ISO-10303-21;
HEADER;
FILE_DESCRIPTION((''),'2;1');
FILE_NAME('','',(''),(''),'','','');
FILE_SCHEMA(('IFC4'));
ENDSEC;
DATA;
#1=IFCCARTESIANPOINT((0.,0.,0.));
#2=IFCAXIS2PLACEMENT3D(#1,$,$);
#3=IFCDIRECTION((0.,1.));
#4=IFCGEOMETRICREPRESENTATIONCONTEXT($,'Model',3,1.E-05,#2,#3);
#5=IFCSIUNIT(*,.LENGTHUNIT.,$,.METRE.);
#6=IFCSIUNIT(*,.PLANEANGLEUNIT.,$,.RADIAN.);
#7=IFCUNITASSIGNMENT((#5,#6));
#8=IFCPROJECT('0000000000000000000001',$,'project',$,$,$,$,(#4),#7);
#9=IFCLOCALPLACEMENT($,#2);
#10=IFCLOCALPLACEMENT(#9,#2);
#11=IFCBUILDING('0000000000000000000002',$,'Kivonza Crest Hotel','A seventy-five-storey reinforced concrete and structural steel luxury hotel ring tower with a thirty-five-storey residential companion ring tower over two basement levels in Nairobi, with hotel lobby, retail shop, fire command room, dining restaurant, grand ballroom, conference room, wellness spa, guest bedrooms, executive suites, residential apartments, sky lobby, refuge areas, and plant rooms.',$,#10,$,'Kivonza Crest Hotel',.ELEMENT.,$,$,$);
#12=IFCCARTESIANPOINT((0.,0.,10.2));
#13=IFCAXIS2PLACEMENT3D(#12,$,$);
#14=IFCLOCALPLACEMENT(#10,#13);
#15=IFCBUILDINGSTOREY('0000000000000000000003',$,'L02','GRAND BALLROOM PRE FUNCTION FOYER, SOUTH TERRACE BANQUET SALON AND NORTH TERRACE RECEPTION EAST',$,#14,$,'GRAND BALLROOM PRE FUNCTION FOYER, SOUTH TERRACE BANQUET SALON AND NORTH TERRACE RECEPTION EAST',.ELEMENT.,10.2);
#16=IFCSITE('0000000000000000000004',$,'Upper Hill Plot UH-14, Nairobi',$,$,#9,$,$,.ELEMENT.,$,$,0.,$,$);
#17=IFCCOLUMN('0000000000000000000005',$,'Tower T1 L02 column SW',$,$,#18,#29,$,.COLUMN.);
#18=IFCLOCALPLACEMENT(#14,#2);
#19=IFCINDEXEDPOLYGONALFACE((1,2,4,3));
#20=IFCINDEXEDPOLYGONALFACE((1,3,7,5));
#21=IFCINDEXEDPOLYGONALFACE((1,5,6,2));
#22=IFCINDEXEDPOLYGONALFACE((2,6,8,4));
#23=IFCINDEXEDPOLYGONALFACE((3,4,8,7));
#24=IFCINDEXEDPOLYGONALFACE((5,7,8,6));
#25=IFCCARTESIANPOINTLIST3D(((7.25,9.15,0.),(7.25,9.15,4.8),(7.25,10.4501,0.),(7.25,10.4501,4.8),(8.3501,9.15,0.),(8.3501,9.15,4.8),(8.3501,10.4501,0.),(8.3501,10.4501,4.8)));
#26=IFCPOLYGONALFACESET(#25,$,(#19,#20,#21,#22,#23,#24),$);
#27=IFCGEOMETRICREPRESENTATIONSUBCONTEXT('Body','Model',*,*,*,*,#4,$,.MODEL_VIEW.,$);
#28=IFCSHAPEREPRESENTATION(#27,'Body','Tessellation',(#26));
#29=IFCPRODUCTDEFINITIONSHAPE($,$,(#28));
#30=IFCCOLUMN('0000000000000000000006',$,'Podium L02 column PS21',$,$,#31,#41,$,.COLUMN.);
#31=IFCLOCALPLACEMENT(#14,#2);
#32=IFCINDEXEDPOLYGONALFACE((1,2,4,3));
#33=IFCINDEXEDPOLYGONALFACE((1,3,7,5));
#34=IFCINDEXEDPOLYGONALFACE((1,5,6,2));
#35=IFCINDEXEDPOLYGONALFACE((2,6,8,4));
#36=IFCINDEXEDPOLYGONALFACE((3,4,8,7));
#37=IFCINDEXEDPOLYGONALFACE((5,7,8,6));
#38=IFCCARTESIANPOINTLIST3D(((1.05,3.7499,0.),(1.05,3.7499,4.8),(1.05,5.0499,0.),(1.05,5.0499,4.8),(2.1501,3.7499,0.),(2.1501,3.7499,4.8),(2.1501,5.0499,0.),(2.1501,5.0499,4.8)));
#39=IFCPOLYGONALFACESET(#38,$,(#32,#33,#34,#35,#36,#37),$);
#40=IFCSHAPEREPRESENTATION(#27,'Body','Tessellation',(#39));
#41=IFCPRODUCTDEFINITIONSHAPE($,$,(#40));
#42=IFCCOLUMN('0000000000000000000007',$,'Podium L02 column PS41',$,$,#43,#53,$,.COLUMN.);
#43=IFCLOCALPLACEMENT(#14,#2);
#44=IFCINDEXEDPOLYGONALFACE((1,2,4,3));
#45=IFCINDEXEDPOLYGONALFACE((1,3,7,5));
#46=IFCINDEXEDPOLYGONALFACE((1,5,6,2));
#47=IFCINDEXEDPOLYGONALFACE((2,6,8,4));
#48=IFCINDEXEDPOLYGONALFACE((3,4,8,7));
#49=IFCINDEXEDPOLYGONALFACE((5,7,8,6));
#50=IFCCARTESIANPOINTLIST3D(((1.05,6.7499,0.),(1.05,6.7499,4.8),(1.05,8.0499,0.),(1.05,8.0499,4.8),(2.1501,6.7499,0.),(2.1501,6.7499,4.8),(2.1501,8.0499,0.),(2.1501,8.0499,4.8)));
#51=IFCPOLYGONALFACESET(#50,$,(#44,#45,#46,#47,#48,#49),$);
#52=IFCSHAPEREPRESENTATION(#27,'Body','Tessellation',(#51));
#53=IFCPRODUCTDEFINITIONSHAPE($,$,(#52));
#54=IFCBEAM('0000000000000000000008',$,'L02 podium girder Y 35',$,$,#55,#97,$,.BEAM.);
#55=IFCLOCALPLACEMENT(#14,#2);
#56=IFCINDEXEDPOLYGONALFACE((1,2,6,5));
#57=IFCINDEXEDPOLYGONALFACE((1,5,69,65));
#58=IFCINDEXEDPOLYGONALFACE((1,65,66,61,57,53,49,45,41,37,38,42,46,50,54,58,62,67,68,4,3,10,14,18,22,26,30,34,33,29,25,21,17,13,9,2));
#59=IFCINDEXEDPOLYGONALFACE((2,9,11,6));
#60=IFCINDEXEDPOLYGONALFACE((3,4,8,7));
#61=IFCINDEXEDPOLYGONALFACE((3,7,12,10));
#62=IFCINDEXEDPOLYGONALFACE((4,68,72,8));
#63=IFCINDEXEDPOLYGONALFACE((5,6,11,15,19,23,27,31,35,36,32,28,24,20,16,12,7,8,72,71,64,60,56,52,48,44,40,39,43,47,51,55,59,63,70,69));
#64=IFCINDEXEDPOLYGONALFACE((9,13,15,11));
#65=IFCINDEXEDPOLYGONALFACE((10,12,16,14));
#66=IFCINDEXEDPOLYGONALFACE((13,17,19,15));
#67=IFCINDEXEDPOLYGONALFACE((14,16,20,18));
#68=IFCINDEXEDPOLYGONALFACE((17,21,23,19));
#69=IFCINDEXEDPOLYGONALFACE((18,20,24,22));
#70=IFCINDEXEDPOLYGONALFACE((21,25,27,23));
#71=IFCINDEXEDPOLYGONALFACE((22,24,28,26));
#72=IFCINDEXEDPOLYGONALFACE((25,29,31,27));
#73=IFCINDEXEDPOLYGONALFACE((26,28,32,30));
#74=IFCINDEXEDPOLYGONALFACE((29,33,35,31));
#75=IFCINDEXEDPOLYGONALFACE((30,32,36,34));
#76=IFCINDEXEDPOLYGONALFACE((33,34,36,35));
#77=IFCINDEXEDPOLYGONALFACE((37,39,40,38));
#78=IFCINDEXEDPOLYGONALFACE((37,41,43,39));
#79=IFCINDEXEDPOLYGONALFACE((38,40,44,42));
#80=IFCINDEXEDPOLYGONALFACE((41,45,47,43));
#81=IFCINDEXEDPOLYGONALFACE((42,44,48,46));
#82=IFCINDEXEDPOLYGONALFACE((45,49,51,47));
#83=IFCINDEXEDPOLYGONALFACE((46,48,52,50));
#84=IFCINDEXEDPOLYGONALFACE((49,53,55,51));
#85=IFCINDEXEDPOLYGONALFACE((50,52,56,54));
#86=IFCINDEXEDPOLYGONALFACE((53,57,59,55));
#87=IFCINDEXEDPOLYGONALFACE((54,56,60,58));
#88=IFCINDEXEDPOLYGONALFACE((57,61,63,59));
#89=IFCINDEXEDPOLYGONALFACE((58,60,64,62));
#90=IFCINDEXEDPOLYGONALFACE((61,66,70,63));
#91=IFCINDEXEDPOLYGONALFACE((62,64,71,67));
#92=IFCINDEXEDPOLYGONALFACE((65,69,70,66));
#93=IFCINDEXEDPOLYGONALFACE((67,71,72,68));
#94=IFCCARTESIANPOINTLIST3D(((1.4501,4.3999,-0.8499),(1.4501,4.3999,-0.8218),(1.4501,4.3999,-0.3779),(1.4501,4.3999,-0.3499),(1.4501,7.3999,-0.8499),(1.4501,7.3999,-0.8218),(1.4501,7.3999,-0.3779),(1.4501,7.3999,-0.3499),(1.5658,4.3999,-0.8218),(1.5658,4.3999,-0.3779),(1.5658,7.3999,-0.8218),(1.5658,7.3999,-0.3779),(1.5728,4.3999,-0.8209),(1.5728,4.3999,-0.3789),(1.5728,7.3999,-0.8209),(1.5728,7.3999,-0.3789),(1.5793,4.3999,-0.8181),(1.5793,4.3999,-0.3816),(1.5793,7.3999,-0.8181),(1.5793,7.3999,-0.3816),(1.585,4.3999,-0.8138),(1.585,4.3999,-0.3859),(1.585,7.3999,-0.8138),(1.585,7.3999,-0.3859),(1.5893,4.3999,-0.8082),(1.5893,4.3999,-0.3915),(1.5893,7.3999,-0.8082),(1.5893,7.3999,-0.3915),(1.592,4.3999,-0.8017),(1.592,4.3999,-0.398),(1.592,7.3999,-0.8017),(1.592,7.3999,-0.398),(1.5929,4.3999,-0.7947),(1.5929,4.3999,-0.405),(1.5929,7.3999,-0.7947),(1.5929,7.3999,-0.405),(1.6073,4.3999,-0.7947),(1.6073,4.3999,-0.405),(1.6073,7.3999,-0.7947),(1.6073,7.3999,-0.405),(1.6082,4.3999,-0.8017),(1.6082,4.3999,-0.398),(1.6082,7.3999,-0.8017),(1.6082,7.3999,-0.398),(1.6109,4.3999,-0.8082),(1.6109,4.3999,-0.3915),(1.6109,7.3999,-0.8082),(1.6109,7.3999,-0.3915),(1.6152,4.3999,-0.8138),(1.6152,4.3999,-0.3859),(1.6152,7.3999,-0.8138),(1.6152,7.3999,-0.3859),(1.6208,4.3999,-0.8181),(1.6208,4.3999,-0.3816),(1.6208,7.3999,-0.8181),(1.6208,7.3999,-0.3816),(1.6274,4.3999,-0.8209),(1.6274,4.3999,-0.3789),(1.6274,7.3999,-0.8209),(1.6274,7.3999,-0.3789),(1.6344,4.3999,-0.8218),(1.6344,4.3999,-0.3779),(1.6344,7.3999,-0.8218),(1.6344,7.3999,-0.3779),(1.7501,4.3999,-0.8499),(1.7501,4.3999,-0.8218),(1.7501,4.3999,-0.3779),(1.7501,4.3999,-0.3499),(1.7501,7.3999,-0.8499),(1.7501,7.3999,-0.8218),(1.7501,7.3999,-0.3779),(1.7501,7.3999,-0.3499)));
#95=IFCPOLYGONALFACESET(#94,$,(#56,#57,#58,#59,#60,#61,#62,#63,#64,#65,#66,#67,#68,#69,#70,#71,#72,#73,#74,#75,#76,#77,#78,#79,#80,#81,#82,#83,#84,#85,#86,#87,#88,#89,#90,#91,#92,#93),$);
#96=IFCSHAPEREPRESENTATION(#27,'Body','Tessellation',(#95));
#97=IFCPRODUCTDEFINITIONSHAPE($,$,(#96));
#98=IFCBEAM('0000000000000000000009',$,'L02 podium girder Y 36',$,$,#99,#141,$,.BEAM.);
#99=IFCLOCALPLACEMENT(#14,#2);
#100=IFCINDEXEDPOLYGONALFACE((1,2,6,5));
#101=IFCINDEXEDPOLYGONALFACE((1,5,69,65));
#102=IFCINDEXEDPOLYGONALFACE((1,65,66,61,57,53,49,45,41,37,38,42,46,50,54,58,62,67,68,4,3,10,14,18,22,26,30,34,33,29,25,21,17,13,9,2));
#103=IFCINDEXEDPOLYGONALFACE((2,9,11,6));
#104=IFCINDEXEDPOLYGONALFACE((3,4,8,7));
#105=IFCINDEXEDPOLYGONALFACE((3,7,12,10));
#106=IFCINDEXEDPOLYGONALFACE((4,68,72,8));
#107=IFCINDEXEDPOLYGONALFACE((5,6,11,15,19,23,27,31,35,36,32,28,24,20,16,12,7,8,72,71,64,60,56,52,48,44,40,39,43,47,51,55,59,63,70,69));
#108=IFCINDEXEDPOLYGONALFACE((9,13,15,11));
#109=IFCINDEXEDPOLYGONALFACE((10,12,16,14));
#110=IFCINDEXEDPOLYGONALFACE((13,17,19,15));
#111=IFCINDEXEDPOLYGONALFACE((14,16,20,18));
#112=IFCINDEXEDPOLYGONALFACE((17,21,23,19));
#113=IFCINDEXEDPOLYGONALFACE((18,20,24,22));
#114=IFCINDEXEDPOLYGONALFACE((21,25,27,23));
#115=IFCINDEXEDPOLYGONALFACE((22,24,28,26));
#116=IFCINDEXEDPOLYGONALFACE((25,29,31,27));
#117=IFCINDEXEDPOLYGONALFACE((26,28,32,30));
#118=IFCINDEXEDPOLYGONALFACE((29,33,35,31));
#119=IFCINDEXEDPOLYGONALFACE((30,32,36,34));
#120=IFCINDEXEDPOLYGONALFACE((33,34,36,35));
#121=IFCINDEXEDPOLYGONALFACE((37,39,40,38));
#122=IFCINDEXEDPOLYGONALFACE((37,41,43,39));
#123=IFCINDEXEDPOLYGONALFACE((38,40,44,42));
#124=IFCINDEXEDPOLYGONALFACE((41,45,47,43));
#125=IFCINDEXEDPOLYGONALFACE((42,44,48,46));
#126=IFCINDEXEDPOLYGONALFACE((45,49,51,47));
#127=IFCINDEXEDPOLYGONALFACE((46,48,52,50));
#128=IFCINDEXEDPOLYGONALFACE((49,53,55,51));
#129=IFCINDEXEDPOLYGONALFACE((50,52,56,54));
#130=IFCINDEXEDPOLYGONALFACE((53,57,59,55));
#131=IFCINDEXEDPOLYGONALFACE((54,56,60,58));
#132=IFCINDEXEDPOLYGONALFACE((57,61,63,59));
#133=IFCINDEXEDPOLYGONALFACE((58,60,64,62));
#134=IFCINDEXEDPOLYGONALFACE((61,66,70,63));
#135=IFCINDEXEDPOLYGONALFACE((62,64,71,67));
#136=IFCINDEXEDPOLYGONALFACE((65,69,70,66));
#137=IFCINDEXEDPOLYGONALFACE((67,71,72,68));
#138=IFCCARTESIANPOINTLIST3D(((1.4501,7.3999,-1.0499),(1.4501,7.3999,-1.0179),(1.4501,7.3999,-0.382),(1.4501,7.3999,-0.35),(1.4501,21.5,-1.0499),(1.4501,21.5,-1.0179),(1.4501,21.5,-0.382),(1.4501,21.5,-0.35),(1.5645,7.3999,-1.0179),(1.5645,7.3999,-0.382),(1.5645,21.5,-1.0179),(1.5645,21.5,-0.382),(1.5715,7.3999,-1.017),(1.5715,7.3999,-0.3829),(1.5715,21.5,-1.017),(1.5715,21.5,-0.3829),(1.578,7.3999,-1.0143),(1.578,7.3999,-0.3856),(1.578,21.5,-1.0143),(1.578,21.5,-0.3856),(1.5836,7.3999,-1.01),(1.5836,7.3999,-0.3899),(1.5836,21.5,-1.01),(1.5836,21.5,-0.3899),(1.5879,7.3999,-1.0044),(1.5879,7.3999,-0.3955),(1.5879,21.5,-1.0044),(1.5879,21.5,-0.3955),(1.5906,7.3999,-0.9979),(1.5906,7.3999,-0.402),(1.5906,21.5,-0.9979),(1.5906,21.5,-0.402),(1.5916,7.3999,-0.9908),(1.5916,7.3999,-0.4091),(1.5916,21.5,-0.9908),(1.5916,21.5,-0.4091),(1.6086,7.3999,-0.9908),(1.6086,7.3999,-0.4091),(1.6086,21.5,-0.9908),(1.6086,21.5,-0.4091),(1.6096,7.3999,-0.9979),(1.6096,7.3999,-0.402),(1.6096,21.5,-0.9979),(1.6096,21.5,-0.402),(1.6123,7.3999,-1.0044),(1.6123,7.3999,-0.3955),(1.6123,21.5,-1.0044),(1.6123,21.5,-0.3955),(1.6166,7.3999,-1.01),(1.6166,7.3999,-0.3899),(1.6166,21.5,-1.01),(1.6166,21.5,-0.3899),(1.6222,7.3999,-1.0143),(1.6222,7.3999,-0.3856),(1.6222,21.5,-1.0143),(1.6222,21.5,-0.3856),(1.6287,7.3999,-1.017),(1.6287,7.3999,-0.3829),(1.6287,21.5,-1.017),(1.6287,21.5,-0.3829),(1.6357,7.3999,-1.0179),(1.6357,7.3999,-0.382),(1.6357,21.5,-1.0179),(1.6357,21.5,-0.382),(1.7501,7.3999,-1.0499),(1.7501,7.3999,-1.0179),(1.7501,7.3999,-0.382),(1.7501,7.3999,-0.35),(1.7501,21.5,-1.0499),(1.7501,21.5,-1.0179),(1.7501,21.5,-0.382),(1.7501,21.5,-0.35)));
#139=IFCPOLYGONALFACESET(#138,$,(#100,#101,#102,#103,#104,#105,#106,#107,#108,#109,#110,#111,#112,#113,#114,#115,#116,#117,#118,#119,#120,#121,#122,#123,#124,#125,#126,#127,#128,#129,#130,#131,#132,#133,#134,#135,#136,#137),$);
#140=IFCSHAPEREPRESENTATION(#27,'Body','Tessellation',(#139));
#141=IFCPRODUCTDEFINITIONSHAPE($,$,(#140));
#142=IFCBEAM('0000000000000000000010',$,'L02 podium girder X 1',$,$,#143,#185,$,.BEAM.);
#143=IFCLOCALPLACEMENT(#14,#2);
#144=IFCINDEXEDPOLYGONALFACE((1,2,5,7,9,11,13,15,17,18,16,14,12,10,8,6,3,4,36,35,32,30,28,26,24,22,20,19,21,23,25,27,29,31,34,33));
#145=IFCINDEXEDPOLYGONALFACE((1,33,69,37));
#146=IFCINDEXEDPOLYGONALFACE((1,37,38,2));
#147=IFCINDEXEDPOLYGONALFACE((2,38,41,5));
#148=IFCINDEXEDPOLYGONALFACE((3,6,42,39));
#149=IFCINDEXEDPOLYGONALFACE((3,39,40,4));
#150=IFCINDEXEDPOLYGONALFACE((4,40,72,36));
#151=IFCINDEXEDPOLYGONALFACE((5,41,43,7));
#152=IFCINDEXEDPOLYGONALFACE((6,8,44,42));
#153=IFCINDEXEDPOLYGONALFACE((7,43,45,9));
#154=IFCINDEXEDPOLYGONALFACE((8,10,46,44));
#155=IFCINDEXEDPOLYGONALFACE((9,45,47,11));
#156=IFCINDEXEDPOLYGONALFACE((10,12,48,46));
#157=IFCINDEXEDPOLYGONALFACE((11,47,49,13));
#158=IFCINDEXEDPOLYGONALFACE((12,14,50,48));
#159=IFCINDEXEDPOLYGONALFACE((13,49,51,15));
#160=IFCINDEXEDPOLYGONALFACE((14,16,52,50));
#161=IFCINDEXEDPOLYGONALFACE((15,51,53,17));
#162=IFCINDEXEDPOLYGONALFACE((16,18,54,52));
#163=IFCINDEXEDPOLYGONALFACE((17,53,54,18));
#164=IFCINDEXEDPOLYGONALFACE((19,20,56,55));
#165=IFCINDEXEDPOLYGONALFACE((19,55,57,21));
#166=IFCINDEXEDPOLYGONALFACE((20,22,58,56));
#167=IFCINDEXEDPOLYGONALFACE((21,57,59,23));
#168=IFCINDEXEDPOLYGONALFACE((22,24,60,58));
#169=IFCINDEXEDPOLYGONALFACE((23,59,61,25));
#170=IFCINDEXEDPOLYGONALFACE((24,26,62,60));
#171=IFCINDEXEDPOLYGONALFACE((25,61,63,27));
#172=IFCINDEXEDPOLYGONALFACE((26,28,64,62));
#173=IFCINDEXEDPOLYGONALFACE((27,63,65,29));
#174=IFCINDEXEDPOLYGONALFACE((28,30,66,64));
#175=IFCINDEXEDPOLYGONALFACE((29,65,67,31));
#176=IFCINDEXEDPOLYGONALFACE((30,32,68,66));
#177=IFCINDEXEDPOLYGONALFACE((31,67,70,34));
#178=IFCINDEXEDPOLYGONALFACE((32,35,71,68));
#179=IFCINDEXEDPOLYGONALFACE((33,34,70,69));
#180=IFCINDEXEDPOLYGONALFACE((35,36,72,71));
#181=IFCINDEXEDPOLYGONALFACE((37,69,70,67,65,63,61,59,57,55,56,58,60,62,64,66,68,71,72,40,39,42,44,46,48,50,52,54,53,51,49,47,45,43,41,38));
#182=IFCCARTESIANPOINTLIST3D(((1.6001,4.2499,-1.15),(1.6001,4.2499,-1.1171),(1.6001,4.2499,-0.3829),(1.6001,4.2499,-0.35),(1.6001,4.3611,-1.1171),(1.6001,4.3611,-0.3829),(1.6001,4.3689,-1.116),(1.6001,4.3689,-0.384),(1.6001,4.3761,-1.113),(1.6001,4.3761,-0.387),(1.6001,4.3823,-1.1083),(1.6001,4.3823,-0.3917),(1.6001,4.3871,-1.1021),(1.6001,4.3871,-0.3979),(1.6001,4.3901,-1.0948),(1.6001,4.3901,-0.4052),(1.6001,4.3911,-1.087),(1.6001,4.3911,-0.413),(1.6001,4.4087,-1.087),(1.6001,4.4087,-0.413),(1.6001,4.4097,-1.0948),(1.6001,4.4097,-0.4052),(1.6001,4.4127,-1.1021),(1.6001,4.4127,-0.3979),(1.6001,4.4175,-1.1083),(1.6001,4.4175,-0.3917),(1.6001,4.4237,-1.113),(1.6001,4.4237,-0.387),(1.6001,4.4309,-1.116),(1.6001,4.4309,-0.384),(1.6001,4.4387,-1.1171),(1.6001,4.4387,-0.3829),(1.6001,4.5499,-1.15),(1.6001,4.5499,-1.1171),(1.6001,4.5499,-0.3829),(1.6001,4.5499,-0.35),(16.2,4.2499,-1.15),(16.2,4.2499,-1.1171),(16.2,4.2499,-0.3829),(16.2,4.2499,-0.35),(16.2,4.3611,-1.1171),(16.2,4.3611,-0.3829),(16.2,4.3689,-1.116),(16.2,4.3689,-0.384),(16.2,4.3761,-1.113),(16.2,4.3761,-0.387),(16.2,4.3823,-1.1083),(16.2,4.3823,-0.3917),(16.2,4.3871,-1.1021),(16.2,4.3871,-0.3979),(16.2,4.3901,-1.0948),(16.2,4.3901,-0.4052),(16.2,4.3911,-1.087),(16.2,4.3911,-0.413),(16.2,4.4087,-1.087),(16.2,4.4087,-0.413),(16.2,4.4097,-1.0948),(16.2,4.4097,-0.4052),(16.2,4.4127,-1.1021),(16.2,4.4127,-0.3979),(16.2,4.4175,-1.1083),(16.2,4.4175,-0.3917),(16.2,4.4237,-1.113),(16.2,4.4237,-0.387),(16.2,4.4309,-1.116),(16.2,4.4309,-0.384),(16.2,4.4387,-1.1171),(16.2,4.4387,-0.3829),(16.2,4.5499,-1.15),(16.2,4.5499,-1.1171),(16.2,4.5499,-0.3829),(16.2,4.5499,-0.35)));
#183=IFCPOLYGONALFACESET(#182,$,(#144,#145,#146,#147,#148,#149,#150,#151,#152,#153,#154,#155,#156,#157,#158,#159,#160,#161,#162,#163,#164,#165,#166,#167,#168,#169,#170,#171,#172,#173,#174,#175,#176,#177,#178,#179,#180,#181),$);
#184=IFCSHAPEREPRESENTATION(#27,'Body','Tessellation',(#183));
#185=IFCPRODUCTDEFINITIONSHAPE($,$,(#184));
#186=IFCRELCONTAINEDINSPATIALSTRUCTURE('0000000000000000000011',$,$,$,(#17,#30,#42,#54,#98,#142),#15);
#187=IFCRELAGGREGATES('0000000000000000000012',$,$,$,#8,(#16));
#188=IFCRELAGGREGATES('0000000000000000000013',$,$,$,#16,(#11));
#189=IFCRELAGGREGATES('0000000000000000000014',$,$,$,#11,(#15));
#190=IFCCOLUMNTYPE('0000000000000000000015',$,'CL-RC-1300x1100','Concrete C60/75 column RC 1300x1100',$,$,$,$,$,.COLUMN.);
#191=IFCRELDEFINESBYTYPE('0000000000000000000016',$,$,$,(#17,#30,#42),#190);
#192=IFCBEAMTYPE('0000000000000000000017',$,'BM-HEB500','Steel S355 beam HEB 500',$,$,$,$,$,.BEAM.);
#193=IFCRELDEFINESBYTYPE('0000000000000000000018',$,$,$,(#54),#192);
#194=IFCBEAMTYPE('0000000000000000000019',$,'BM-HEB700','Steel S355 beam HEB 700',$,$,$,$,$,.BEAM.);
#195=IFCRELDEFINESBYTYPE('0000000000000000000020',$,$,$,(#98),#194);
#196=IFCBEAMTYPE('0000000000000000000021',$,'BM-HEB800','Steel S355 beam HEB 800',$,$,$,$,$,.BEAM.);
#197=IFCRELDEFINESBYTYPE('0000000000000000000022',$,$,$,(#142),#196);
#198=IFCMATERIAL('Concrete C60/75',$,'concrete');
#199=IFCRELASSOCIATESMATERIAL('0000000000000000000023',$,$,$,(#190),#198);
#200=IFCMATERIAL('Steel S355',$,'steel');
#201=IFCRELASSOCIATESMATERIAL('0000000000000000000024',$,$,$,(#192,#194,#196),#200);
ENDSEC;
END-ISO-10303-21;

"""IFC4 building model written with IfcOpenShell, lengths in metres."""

from ifc_helpers import new_model, si_unit, direction, frame, origin, origin_2d, place, context, subcontext, project, spatial, rectangle, i_section, extrude, material, material_profile, profile_set, type_object, element, save


model = new_model("IFC4")

# Units and contexts
model_context = context("Model", 3, precision=1e-05, world=origin(), true_north=direction((0.0, 1.0)))
body_context = subcontext(model_context, "Body", "Model", "MODEL_VIEW")
ifc_project = project(units=[si_unit("LENGTHUNIT", "METRE"), si_unit("PLANEANGLEUNIT", "RADIAN")], contexts=[model_context])

# Site, building, storey
site_placement = place(None, origin())
site = spatial("IfcSite", under=ifc_project, at=site_placement, Name="Upper Hill Plot UH-14, Nairobi", CompositionType="ELEMENT", RefElevation=0.0)
building_placement = place(site_placement, origin())
building = spatial("IfcBuilding", under=site, at=building_placement, Name="Kivonza Crest Hotel", Description="A seventy-five-storey reinforced concrete and structural steel luxury hotel ring tower with a thirty-five-storey residential companion ring tower over two basement levels in Nairobi, with hotel lobby, retail shop, fire command room, dining restaurant, grand ballroom, conference room, wellness spa, guest bedrooms, executive suites, residential apartments, sky lobby, refuge areas, and plant rooms.", LongName="Kivonza Crest Hotel", CompositionType="ELEMENT")
storey_placement = place(building_placement, frame((0.0, 0.0, 10.2)))
storey = spatial("IfcBuildingStorey", under=building, at=storey_placement, Name="L02", Description="GRAND BALLROOM PRE FUNCTION FOYER, SOUTH TERRACE BANQUET SALON AND NORTH TERRACE RECEPTION EAST", LongName="GRAND BALLROOM PRE FUNCTION FOYER, SOUTH TERRACE BANQUET SALON AND NORTH TERRACE RECEPTION EAST", CompositionType="ELEMENT", Elevation=10.2)

# Columns
ifc_material_1 = material(Name="Concrete C60/75", Category="concrete")
ifc_material_profile_1 = material_profile(ifc_material_1, rectangle(XDim=1.1001, YDim=1.3, at=origin_2d()), Name="RC 1300x1100")
ifc_profile_set_1 = profile_set([ifc_material_profile_1], Name="Concrete C60/75")
column_type = type_object("IfcColumnType", Name="CL-RC-1300x1100", Description="Concrete C60/75 column RC 1300x1100", PredefinedType="COLUMN", material=ifc_profile_set_1)
for number, where, z_axis, x_axis, name in (
    (1, (7.8, 9.8, 0.0), (0.0, 0.0, 1.0), (1.0, 0.0, 0.0), "Tower T1 L02 column SW"),
    (2, (1.6001, 4.3999, 0.0), (0.0, 0.0, 1.0), (1.0, 0.0, 0.0), "Podium L02 column PS21"),
    (3, (1.6001, 7.3999, 0.0), (0.0, 0.0, 1.0), (1.0, 0.0, 0.0), "Podium L02 column PS41"),
):
    element("IfcColumn", number, at=place(storey_placement, frame(where, z_axis=z_axis, x_axis=x_axis)), inside=storey, type_object=column_type, Name=name, PredefinedType="COLUMN", context=body_context, shape_type="SweptSolid", body=[
        extrude(rectangle(XDim=1.1001, YDim=1.3, at=origin_2d()), origin(), (0.0, 0.0, 1.0), 4.8),
    ])

# Beams
ifc_material_2 = material(Name="Steel S355", Category="steel")
ifc_material_profile_2 = material_profile(ifc_material_2, i_section(OverallWidth=0.3, OverallDepth=0.5, WebThickness=0.0144, FlangeThickness=0.0281, FilletRadius=0.0271, at=origin_2d()), Name="HEB 500")
ifc_profile_set_2 = profile_set([ifc_material_profile_2], Name="Steel S355")
beam_type_1 = type_object("IfcBeamType", Name="BM-HEB500", Description="Steel S355 beam HEB 500", PredefinedType="BEAM", material=ifc_profile_set_2)
beam_1_placement = place(storey_placement, frame((1.6001, 4.3999, -0.5999), z_axis=(0.0, 1.0, 0.0), x_axis=(-1.0, 0.0, 0.0)))
element("IfcBeam", 4, at=beam_1_placement, inside=storey, type_object=beam_type_1, Name="L02 podium girder Y 35", PredefinedType="BEAM", context=body_context, shape_type="SweptSolid", body=[
    extrude(i_section(OverallWidth=0.3, OverallDepth=0.5, WebThickness=0.0144, FlangeThickness=0.0281, FilletRadius=0.0271, at=origin_2d()), origin(), (0.0, 0.0, 1.0), 3.0),
])
ifc_material_profile_3 = material_profile(ifc_material_2, i_section(OverallWidth=0.3, OverallDepth=0.7, WebThickness=0.0171, FlangeThickness=0.032, FilletRadius=0.0271, at=origin_2d()), Name="HEB 700")
ifc_profile_set_3 = profile_set([ifc_material_profile_3], Name="Steel S355")
beam_type_2 = type_object("IfcBeamType", Name="BM-HEB700", Description="Steel S355 beam HEB 700", PredefinedType="BEAM", material=ifc_profile_set_3)
beam_2_placement = place(storey_placement, frame((1.6001, 7.3999, -0.7), z_axis=(0.0, 1.0, 0.0), x_axis=(-1.0, 0.0, 0.0)))
element("IfcBeam", 5, at=beam_2_placement, inside=storey, type_object=beam_type_2, Name="L02 podium girder Y 36", PredefinedType="BEAM", context=body_context, shape_type="SweptSolid", body=[
    extrude(i_section(OverallWidth=0.3, OverallDepth=0.7, WebThickness=0.0171, FlangeThickness=0.032, FilletRadius=0.0271, at=origin_2d()), origin(), (0.0, 0.0, 1.0), 14.1001),
])
ifc_material_profile_4 = material_profile(ifc_material_2, i_section(OverallWidth=0.3, OverallDepth=0.8, WebThickness=0.0176, FlangeThickness=0.033, FilletRadius=0.03, at=origin_2d()), Name="HEB 800")
ifc_profile_set_4 = profile_set([ifc_material_profile_4], Name="Steel S355")
beam_type_3 = type_object("IfcBeamType", Name="BM-HEB800", Description="Steel S355 beam HEB 800", PredefinedType="BEAM", material=ifc_profile_set_4)
beam_3_placement = place(storey_placement, frame((1.6001, 4.3999, -0.75), z_axis=(1.0, 0.0, 0.0), x_axis=(0.0, 1.0, 0.0)))
element("IfcBeam", 6, at=beam_3_placement, inside=storey, type_object=beam_type_3, Name="L02 podium girder X 1", PredefinedType="BEAM", context=body_context, shape_type="SweptSolid", body=[
    extrude(i_section(OverallWidth=0.3, OverallDepth=0.8, WebThickness=0.0176, FlangeThickness=0.033, FilletRadius=0.03, at=origin_2d()), origin(), (0.0, 0.0, 1.0), 14.5999),
])

save(model, "model.ifc")
